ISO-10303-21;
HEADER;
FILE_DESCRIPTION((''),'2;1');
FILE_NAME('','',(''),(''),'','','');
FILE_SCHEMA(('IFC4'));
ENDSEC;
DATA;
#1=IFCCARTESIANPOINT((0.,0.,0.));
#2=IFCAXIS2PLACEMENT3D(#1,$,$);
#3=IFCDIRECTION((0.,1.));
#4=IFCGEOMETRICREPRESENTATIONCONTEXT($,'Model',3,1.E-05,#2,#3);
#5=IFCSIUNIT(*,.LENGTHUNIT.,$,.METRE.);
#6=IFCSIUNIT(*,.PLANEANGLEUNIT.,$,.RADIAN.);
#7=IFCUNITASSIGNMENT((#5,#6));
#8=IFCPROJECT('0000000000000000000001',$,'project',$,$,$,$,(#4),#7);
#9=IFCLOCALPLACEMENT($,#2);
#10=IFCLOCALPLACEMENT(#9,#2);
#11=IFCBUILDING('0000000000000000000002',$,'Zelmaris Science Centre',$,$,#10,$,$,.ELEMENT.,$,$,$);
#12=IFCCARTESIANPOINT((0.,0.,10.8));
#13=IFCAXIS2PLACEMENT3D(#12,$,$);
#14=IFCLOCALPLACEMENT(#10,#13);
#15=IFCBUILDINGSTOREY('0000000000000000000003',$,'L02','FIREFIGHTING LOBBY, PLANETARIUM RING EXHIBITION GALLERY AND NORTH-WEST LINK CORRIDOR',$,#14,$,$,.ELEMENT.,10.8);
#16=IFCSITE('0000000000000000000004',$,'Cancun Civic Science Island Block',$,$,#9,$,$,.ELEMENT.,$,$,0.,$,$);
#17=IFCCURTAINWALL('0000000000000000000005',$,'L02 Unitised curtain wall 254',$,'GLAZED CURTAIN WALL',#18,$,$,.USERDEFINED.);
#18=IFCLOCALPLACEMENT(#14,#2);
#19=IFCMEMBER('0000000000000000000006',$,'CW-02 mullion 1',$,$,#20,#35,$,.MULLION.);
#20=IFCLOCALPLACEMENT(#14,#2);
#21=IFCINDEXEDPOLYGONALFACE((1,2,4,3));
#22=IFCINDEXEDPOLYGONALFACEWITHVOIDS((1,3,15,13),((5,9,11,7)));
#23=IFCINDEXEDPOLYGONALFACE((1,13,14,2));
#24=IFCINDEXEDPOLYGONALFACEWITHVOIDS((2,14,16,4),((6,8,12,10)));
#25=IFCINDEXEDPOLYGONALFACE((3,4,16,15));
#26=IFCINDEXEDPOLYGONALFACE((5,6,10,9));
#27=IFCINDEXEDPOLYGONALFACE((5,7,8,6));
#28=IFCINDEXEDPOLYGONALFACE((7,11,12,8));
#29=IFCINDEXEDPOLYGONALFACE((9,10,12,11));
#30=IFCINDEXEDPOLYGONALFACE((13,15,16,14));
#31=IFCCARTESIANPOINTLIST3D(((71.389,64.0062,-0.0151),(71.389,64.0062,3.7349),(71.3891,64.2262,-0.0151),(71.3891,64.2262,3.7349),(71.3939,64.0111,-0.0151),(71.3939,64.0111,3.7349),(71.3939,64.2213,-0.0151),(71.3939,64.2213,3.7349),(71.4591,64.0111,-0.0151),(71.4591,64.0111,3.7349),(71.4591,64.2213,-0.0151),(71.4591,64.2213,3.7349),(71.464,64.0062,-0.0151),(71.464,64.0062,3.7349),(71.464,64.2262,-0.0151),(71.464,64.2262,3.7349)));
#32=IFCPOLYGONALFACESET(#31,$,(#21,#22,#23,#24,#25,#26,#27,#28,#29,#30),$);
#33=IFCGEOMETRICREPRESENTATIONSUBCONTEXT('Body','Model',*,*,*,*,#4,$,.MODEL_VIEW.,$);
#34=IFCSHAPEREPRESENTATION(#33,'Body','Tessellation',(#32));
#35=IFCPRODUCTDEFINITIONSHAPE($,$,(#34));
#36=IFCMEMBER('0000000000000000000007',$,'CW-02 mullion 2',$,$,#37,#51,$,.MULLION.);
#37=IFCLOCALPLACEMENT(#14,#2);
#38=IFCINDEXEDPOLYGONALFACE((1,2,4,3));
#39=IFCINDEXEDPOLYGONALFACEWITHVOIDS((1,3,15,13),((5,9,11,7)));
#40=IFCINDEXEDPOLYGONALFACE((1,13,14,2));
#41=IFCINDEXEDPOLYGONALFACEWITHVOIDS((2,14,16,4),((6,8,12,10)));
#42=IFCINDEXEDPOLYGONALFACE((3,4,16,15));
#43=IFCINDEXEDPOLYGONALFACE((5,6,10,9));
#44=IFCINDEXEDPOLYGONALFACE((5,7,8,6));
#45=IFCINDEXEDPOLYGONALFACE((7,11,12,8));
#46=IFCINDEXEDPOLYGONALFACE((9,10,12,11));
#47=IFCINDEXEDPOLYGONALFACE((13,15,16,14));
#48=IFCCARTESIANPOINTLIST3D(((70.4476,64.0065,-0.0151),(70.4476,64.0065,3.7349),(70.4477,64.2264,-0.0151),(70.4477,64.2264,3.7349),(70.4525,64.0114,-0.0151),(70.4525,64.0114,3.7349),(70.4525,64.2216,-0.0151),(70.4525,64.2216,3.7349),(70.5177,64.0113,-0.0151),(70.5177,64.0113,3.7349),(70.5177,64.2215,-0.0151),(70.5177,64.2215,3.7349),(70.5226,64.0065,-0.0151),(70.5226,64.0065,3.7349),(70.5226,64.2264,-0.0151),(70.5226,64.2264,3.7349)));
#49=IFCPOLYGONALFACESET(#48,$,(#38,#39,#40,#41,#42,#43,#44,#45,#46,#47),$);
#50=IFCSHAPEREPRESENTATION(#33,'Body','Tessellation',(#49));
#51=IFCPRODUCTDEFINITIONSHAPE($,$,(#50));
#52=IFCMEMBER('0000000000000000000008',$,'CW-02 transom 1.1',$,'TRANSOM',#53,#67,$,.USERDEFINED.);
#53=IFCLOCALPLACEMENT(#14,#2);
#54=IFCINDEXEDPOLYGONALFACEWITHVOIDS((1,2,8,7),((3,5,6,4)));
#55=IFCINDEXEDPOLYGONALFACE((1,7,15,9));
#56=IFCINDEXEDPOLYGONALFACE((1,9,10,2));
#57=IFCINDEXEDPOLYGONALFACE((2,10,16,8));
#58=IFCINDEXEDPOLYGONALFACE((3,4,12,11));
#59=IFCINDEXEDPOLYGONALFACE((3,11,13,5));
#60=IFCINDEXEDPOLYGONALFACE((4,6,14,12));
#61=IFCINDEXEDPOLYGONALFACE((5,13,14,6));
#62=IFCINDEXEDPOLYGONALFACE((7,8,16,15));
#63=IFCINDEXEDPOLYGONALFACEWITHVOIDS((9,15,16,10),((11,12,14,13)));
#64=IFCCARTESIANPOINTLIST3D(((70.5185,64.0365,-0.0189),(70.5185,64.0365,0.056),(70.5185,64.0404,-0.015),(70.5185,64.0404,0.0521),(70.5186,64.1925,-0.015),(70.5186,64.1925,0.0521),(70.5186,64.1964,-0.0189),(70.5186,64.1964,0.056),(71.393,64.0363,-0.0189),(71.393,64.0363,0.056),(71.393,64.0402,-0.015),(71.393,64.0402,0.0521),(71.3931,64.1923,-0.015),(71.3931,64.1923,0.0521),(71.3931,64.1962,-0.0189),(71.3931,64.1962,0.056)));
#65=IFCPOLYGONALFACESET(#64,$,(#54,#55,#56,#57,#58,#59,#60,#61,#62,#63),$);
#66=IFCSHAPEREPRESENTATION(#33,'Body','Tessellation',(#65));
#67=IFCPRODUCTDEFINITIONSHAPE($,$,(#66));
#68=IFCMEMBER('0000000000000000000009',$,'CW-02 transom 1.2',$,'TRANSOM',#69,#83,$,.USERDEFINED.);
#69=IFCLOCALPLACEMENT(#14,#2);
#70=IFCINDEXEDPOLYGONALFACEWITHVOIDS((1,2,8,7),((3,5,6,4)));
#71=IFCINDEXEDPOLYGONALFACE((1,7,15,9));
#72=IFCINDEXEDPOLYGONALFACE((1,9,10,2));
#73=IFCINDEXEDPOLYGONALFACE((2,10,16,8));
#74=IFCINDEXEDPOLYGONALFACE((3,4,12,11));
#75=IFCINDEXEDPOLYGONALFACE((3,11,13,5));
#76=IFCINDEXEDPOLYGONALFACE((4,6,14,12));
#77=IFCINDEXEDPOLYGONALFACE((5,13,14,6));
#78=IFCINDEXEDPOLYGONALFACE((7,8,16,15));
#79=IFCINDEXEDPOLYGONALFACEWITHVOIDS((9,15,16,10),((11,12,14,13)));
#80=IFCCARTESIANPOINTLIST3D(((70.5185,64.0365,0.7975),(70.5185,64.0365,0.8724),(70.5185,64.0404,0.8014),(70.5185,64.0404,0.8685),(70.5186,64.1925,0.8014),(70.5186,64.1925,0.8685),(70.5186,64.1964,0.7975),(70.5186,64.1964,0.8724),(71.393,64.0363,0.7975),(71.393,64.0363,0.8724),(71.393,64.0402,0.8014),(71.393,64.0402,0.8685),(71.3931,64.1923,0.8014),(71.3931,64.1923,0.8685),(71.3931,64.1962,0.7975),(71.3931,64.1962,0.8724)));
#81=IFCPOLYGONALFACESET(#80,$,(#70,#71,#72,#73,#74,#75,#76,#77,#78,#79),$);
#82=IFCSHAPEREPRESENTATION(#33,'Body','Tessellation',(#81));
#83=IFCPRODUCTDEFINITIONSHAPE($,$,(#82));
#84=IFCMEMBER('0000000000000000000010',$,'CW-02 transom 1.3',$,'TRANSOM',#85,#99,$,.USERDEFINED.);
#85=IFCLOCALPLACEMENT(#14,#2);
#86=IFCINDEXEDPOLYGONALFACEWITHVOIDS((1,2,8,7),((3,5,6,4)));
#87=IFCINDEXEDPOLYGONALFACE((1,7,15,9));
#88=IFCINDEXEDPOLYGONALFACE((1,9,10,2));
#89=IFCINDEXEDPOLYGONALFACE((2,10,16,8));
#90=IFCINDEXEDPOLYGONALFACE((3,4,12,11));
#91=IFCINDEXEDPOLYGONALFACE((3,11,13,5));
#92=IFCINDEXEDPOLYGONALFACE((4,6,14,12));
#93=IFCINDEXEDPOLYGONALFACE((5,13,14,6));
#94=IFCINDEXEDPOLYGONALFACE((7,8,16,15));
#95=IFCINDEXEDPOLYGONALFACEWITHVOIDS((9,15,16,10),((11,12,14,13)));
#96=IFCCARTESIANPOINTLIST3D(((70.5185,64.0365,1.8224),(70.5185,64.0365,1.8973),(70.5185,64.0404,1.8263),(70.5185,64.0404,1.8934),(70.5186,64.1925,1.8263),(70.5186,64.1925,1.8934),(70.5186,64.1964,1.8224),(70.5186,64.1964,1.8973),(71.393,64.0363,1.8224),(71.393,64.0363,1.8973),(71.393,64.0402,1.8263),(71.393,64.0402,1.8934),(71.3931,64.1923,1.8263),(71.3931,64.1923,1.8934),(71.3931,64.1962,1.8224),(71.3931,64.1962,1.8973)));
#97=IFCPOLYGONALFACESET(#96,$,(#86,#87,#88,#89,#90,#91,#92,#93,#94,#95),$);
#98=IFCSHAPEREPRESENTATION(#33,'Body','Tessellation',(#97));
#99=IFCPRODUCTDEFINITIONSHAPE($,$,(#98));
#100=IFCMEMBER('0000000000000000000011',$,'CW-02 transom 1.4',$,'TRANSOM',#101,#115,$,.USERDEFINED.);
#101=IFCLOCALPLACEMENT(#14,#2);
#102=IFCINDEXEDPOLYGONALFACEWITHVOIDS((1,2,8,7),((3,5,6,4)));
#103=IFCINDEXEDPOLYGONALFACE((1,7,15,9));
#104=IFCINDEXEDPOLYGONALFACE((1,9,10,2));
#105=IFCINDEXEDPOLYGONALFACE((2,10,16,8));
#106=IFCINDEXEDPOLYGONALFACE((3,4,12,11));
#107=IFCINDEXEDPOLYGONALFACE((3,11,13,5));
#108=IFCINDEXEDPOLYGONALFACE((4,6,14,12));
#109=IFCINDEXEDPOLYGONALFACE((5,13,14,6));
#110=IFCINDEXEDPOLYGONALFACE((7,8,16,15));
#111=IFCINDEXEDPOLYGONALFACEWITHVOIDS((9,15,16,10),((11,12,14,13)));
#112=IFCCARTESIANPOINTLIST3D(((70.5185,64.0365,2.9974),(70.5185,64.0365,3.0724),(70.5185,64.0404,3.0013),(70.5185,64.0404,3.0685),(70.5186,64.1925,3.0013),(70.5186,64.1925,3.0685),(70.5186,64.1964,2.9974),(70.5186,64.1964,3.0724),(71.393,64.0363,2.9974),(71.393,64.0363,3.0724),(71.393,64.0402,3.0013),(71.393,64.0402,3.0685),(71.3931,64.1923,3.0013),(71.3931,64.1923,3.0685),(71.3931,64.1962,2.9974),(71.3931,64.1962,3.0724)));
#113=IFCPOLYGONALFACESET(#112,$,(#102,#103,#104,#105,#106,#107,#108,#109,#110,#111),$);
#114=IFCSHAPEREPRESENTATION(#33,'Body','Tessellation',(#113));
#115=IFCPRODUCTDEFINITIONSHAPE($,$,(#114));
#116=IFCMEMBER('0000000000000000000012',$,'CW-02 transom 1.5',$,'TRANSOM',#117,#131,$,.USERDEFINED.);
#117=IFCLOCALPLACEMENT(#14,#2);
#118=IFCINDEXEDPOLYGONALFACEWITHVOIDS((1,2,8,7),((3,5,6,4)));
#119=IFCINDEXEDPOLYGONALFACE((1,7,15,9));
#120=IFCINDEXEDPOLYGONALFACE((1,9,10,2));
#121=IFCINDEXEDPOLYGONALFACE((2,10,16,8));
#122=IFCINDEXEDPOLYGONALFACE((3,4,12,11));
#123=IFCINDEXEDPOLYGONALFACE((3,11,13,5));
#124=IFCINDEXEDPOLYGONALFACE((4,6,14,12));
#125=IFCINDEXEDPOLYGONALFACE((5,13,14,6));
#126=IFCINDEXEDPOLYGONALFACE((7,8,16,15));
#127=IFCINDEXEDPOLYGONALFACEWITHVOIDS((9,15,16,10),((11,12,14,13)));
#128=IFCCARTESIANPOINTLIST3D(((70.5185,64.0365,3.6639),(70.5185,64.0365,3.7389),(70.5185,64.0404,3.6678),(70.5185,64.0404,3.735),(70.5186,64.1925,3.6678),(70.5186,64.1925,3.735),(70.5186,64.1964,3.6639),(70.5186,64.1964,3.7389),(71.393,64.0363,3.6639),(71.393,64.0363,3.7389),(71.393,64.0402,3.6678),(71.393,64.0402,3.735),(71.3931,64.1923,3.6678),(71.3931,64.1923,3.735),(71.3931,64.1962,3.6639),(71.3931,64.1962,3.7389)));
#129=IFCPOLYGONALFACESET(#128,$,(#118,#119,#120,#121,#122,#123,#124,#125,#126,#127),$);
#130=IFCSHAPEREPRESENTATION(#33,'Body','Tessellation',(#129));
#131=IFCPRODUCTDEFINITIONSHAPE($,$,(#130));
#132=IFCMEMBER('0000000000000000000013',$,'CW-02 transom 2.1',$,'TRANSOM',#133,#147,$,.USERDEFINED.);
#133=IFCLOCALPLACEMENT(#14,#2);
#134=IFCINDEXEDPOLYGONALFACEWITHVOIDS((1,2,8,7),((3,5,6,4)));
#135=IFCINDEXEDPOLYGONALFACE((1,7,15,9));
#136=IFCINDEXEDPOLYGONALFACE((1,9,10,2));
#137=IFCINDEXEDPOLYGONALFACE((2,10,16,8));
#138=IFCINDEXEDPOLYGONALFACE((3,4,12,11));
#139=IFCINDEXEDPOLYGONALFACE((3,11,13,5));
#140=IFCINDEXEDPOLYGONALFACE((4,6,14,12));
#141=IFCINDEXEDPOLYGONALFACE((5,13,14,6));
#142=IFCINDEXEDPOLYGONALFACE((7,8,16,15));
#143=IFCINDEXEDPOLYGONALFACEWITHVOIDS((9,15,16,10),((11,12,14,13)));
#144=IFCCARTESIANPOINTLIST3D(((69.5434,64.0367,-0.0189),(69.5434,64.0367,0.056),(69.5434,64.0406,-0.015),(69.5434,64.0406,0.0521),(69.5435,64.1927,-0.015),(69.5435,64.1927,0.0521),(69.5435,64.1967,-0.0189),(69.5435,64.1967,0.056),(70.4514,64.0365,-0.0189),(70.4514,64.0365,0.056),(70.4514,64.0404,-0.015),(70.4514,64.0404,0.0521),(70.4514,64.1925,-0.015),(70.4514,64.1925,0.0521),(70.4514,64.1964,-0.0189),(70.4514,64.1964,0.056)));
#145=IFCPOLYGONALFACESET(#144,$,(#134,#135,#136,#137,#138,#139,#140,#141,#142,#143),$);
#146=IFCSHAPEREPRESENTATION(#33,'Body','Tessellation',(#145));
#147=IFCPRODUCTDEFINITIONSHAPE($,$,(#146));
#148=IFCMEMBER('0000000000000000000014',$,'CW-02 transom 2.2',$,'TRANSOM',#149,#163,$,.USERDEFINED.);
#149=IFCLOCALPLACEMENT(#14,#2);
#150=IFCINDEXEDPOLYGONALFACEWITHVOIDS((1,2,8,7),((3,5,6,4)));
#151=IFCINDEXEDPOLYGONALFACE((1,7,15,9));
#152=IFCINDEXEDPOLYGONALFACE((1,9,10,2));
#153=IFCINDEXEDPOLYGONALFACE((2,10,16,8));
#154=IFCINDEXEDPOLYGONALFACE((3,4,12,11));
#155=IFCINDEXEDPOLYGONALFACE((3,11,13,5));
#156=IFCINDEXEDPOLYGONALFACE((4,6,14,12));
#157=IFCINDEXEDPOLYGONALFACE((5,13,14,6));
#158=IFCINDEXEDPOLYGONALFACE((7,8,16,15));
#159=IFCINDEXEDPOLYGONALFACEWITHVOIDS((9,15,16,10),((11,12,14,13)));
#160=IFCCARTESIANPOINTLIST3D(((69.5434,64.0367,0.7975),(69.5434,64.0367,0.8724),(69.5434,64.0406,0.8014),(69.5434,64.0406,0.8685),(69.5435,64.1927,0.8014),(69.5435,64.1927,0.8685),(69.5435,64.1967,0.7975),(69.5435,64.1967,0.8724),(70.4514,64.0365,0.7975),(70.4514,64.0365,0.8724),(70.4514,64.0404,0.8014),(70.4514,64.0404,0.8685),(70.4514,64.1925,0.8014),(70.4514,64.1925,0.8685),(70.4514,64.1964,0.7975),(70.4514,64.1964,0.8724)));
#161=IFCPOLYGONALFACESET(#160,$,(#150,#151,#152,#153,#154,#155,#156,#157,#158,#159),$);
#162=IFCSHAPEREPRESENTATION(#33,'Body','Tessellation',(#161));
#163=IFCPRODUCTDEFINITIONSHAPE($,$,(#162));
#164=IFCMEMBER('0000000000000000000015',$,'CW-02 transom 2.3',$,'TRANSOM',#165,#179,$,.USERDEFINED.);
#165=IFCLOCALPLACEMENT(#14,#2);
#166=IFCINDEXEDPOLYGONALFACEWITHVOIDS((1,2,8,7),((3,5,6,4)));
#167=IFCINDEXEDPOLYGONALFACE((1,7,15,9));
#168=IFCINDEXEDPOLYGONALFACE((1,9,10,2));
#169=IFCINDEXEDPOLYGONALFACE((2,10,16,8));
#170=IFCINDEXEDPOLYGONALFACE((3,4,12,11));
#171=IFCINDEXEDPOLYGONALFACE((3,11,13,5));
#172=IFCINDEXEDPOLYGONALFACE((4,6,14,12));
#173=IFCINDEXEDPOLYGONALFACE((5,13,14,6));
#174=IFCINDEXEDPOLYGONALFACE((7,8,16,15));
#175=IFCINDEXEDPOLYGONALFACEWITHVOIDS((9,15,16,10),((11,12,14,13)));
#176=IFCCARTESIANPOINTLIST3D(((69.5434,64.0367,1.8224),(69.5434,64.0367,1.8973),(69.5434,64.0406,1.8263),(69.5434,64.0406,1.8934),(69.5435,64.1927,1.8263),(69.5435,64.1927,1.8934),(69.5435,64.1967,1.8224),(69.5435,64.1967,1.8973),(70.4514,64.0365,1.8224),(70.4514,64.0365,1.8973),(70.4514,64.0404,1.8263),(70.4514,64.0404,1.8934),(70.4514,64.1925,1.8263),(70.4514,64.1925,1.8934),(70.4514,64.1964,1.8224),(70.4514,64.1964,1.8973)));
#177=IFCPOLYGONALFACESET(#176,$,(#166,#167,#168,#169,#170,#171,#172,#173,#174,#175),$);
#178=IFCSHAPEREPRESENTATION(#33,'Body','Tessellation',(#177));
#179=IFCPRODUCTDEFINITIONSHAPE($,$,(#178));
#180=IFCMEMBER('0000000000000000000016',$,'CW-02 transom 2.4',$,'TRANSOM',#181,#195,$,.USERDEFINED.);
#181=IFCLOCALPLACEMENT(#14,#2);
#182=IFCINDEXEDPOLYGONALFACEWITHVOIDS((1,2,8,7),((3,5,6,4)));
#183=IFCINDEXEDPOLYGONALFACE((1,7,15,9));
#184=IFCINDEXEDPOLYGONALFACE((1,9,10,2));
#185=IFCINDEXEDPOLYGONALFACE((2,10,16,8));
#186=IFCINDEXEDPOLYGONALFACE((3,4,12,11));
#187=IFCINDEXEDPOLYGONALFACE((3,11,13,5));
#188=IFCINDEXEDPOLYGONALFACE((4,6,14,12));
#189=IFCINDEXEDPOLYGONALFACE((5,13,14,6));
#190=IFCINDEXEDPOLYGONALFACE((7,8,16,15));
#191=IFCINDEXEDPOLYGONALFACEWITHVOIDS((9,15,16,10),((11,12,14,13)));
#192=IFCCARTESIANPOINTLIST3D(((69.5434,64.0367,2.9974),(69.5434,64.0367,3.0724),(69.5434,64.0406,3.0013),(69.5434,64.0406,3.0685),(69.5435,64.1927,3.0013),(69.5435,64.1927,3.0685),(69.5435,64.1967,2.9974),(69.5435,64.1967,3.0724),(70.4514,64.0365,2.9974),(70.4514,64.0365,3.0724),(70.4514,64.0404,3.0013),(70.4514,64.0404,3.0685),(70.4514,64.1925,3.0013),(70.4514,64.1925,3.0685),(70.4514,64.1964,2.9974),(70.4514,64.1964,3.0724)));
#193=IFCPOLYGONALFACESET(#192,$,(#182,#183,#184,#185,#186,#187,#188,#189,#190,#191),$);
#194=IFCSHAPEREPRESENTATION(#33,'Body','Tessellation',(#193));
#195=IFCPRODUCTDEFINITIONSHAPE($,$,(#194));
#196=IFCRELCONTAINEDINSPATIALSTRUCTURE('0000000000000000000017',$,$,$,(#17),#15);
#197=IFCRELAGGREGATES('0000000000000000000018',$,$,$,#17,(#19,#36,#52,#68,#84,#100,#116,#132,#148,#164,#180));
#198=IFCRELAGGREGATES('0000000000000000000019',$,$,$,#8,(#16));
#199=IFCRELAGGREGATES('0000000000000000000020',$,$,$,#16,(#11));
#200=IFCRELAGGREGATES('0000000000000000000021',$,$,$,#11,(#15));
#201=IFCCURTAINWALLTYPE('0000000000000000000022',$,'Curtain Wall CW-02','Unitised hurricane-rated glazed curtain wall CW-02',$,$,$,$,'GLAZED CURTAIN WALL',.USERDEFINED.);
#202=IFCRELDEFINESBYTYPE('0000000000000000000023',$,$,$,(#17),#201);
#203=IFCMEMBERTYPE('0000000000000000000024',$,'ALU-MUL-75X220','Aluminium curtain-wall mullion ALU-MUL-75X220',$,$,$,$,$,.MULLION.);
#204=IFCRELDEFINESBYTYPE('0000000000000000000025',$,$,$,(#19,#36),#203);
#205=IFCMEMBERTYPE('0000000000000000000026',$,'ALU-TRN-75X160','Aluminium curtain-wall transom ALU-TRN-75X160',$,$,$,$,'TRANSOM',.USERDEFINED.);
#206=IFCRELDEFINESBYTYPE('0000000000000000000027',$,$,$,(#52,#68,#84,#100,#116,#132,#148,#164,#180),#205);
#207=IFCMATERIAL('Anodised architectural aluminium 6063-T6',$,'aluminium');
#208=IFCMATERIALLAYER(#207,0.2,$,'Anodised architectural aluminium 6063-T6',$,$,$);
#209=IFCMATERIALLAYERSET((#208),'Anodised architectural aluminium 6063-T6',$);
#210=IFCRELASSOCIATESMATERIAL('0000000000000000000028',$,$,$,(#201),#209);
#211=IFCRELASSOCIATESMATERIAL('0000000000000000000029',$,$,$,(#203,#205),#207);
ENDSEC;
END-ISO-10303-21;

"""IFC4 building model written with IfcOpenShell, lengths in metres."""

from ifc_helpers import new_model, si_unit, direction, frame, origin, origin_2d, place, context, subcontext, project, spatial, hollow_rectangle, extrude, material, layer, layer_set, material_profile, profile_set, type_object, element, aggregate, save


model = new_model("IFC4")

# Units and contexts
model_context = context("Model", 3, precision=1e-05, world=origin(), true_north=direction((0.0, 1.0)))
body_context = subcontext(model_context, "Body", "Model", "MODEL_VIEW")
ifc_project = project(units=[si_unit("LENGTHUNIT", "METRE"), si_unit("PLANEANGLEUNIT", "RADIAN")], contexts=[model_context])

# Site, building, storey
site_placement = place(None, origin())
site = spatial("IfcSite", under=ifc_project, at=site_placement, Name="Cancun Civic Science Island Block", CompositionType="ELEMENT", RefElevation=0.0)
building_placement = place(site_placement, origin())
building = spatial("IfcBuilding", under=site, at=building_placement, Name="Zelmaris Science Centre", CompositionType="ELEMENT")
storey_placement = place(building_placement, frame((0.0, 0.0, 10.8)))
storey = spatial("IfcBuildingStorey", under=building, at=storey_placement, Name="L02", Description="FIREFIGHTING LOBBY, PLANETARIUM RING EXHIBITION GALLERY AND NORTH-WEST LINK CORRIDOR", CompositionType="ELEMENT", Elevation=10.8)

# Curtain wall, members
ifc_material_1 = material(Name="Anodised architectural aluminium 6063-T6", Category="aluminium")
ifc_layer_1 = layer(ifc_material_1, 0.2, Name="Anodised architectural aluminium 6063-T6")
ifc_layer_set_1 = layer_set([ifc_layer_1], Name="Anodised architectural aluminium 6063-T6")
curtain_wall_type = type_object("IfcCurtainWallType", Name="Curtain Wall CW-02", Description="Unitised hurricane-rated glazed curtain wall CW-02", ElementType="GLAZED CURTAIN WALL", PredefinedType="USERDEFINED", material=ifc_layer_set_1)
curtain_wall_placement = place(storey_placement, origin())
curtain_wall = element("IfcCurtainWall", 1, at=curtain_wall_placement, inside=storey, type_object=curtain_wall_type, Name="L02 Unitised curtain wall 254", ObjectType="GLAZED CURTAIN WALL", PredefinedType="USERDEFINED")
ifc_material_profile_1 = material_profile(ifc_material_1, hollow_rectangle(XDim=0.075, YDim=0.22, WallThickness=0.0049, at=origin_2d()), Name="ALU-MUL-75X220")
ifc_profile_set_1 = profile_set([ifc_material_profile_1], Name="Anodised architectural aluminium 6063-T6")
member_type_1 = type_object("IfcMemberType", Name="ALU-MUL-75X220", Description="Aluminium curtain-wall mullion ALU-MUL-75X220", PredefinedType="MULLION", material=ifc_profile_set_1)
member_1_placement = place(storey_placement, frame((71.4265, 64.1162, -0.0151), z_axis=(0.0, 0.0, 1.0), x_axis=(-1.0, 0.000243, 0.0)))
member_1 = element("IfcMember", 2, at=member_1_placement, type_object=member_type_1, Name="CW-02 mullion 1", PredefinedType="MULLION", context=body_context, shape_type="SweptSolid", body=[
    extrude(hollow_rectangle(XDim=0.075, YDim=0.22, WallThickness=0.0049, at=origin_2d()), origin(), (0.0, 0.0, 1.0), 3.75),
])
member_2_placement = place(storey_placement, frame((70.4851, 64.1165, -0.0151), z_axis=(0.0, 0.0, 1.0), x_axis=(-1.0, 0.000243, 0.0)))
member_2 = element("IfcMember", 3, at=member_2_placement, type_object=member_type_1, Name="CW-02 mullion 2", PredefinedType="MULLION", context=body_context, shape_type="SweptSolid", body=[
    extrude(hollow_rectangle(XDim=0.075, YDim=0.22, WallThickness=0.0049, at=origin_2d()), origin(), (0.0, 0.0, 1.0), 3.75),
])
ifc_material_profile_2 = material_profile(ifc_material_1, hollow_rectangle(XDim=0.075, YDim=0.1599, WallThickness=0.0039, at=origin_2d()), Name="ALU-TRN-75X160")
ifc_profile_set_2 = profile_set([ifc_material_profile_2], Name="Anodised architectural aluminium 6063-T6")
member_type_2 = type_object("IfcMemberType", Name="ALU-TRN-75X160", Description="Aluminium curtain-wall transom ALU-TRN-75X160", ElementType="TRANSOM", PredefinedType="USERDEFINED", material=ifc_profile_set_2)
member_3_placement = place(storey_placement, frame((71.3931, 64.1162, 0.0186), z_axis=(-1.0, 0.000279, 0.0), x_axis=(0.0, 0.0, 1.0)))
member_3 = element("IfcMember", 4, at=member_3_placement, type_object=member_type_2, Name="CW-02 transom 1.1", ObjectType="TRANSOM", PredefinedType="USERDEFINED", context=body_context, shape_type="SweptSolid", body=[
    extrude(hollow_rectangle(XDim=0.075, YDim=0.1599, WallThickness=0.0039, at=origin_2d()), origin(), (0.0, 0.0, 1.0), 0.8745),
])
member_4_placement = place(storey_placement, frame((71.3931, 64.1162, 0.835), z_axis=(-1.0, 0.000279, 0.0), x_axis=(0.0, 0.0, 1.0)))
member_4 = element("IfcMember", 5, at=member_4_placement, type_object=member_type_2, Name="CW-02 transom 1.2", ObjectType="TRANSOM", PredefinedType="USERDEFINED", context=body_context, shape_type="SweptSolid", body=[
    extrude(hollow_rectangle(XDim=0.075, YDim=0.1599, WallThickness=0.0039, at=origin_2d()), origin(), (0.0, 0.0, 1.0), 0.8745),
])
member_5_placement = place(storey_placement, frame((71.3931, 64.1162, 1.8599), z_axis=(-1.0, 0.000279, 0.0), x_axis=(0.0, 0.0, 1.0)))
member_5 = element("IfcMember", 6, at=member_5_placement, type_object=member_type_2, Name="CW-02 transom 1.3", ObjectType="TRANSOM", PredefinedType="USERDEFINED", context=body_context, shape_type="SweptSolid", body=[
    extrude(hollow_rectangle(XDim=0.075, YDim=0.1599, WallThickness=0.0039, at=origin_2d()), origin(), (0.0, 0.0, 1.0), 0.8745),
])
member_6_placement = place(storey_placement, frame((71.3931, 64.1162, 3.0349), z_axis=(-1.0, 0.000279, 0.0), x_axis=(0.0, 0.0, 1.0)))
member_6 = element("IfcMember", 7, at=member_6_placement, type_object=member_type_2, Name="CW-02 transom 1.4", ObjectType="TRANSOM", PredefinedType="USERDEFINED", context=body_context, shape_type="SweptSolid", body=[
    extrude(hollow_rectangle(XDim=0.075, YDim=0.1599, WallThickness=0.0039, at=origin_2d()), origin(), (0.0, 0.0, 1.0), 0.8745),
])
member_7_placement = place(storey_placement, frame((71.3931, 64.1162, 3.7014), z_axis=(-1.0, 0.000279, 0.0), x_axis=(0.0, 0.0, 1.0)))
member_7 = element("IfcMember", 8, at=member_7_placement, type_object=member_type_2, Name="CW-02 transom 1.5", ObjectType="TRANSOM", PredefinedType="USERDEFINED", context=body_context, shape_type="SweptSolid", body=[
    extrude(hollow_rectangle(XDim=0.075, YDim=0.1599, WallThickness=0.0039, at=origin_2d()), origin(), (0.0, 0.0, 1.0), 0.8745),
])
member_8_placement = place(storey_placement, frame((70.4514, 64.1165, 0.0186), z_axis=(-1.0, 0.000269, 0.0), x_axis=(0.0, 0.0, 1.0)))
member_8 = element("IfcMember", 9, at=member_8_placement, type_object=member_type_2, Name="CW-02 transom 2.1", ObjectType="TRANSOM", PredefinedType="USERDEFINED", context=body_context, shape_type="SweptSolid", body=[
    extrude(hollow_rectangle(XDim=0.075, YDim=0.1599, WallThickness=0.0039, at=origin_2d()), origin(), (0.0, 0.0, 1.0), 0.908),
])
member_9_placement = place(storey_placement, frame((70.4514, 64.1165, 0.835), z_axis=(-1.0, 0.000269, 0.0), x_axis=(0.0, 0.0, 1.0)))
member_9 = element("IfcMember", 10, at=member_9_placement, type_object=member_type_2, Name="CW-02 transom 2.2", ObjectType="TRANSOM", PredefinedType="USERDEFINED", context=body_context, shape_type="SweptSolid", body=[
    extrude(hollow_rectangle(XDim=0.075, YDim=0.1599, WallThickness=0.0039, at=origin_2d()), origin(), (0.0, 0.0, 1.0), 0.908),
])
member_10_placement = place(storey_placement, frame((70.4514, 64.1165, 1.8599), z_axis=(-1.0, 0.000269, 0.0), x_axis=(0.0, 0.0, 1.0)))
member_10 = element("IfcMember", 11, at=member_10_placement, type_object=member_type_2, Name="CW-02 transom 2.3", ObjectType="TRANSOM", PredefinedType="USERDEFINED", context=body_context, shape_type="SweptSolid", body=[
    extrude(hollow_rectangle(XDim=0.075, YDim=0.1599, WallThickness=0.0039, at=origin_2d()), origin(), (0.0, 0.0, 1.0), 0.908),
])
member_11_placement = place(storey_placement, frame((70.4514, 64.1165, 3.0349), z_axis=(-1.0, 0.000269, 0.0), x_axis=(0.0, 0.0, 1.0)))
member_11 = element("IfcMember", 12, at=member_11_placement, type_object=member_type_2, Name="CW-02 transom 2.4", ObjectType="TRANSOM", PredefinedType="USERDEFINED", context=body_context, shape_type="SweptSolid", body=[
    extrude(hollow_rectangle(XDim=0.075, YDim=0.1599, WallThickness=0.0039, at=origin_2d()), origin(), (0.0, 0.0, 1.0), 0.908),
])
aggregate(curtain_wall, [member_1, member_2, member_3, member_4, member_5, member_6, member_7, member_8, member_9, member_10, member_11])

save(model, "model.ifc")
